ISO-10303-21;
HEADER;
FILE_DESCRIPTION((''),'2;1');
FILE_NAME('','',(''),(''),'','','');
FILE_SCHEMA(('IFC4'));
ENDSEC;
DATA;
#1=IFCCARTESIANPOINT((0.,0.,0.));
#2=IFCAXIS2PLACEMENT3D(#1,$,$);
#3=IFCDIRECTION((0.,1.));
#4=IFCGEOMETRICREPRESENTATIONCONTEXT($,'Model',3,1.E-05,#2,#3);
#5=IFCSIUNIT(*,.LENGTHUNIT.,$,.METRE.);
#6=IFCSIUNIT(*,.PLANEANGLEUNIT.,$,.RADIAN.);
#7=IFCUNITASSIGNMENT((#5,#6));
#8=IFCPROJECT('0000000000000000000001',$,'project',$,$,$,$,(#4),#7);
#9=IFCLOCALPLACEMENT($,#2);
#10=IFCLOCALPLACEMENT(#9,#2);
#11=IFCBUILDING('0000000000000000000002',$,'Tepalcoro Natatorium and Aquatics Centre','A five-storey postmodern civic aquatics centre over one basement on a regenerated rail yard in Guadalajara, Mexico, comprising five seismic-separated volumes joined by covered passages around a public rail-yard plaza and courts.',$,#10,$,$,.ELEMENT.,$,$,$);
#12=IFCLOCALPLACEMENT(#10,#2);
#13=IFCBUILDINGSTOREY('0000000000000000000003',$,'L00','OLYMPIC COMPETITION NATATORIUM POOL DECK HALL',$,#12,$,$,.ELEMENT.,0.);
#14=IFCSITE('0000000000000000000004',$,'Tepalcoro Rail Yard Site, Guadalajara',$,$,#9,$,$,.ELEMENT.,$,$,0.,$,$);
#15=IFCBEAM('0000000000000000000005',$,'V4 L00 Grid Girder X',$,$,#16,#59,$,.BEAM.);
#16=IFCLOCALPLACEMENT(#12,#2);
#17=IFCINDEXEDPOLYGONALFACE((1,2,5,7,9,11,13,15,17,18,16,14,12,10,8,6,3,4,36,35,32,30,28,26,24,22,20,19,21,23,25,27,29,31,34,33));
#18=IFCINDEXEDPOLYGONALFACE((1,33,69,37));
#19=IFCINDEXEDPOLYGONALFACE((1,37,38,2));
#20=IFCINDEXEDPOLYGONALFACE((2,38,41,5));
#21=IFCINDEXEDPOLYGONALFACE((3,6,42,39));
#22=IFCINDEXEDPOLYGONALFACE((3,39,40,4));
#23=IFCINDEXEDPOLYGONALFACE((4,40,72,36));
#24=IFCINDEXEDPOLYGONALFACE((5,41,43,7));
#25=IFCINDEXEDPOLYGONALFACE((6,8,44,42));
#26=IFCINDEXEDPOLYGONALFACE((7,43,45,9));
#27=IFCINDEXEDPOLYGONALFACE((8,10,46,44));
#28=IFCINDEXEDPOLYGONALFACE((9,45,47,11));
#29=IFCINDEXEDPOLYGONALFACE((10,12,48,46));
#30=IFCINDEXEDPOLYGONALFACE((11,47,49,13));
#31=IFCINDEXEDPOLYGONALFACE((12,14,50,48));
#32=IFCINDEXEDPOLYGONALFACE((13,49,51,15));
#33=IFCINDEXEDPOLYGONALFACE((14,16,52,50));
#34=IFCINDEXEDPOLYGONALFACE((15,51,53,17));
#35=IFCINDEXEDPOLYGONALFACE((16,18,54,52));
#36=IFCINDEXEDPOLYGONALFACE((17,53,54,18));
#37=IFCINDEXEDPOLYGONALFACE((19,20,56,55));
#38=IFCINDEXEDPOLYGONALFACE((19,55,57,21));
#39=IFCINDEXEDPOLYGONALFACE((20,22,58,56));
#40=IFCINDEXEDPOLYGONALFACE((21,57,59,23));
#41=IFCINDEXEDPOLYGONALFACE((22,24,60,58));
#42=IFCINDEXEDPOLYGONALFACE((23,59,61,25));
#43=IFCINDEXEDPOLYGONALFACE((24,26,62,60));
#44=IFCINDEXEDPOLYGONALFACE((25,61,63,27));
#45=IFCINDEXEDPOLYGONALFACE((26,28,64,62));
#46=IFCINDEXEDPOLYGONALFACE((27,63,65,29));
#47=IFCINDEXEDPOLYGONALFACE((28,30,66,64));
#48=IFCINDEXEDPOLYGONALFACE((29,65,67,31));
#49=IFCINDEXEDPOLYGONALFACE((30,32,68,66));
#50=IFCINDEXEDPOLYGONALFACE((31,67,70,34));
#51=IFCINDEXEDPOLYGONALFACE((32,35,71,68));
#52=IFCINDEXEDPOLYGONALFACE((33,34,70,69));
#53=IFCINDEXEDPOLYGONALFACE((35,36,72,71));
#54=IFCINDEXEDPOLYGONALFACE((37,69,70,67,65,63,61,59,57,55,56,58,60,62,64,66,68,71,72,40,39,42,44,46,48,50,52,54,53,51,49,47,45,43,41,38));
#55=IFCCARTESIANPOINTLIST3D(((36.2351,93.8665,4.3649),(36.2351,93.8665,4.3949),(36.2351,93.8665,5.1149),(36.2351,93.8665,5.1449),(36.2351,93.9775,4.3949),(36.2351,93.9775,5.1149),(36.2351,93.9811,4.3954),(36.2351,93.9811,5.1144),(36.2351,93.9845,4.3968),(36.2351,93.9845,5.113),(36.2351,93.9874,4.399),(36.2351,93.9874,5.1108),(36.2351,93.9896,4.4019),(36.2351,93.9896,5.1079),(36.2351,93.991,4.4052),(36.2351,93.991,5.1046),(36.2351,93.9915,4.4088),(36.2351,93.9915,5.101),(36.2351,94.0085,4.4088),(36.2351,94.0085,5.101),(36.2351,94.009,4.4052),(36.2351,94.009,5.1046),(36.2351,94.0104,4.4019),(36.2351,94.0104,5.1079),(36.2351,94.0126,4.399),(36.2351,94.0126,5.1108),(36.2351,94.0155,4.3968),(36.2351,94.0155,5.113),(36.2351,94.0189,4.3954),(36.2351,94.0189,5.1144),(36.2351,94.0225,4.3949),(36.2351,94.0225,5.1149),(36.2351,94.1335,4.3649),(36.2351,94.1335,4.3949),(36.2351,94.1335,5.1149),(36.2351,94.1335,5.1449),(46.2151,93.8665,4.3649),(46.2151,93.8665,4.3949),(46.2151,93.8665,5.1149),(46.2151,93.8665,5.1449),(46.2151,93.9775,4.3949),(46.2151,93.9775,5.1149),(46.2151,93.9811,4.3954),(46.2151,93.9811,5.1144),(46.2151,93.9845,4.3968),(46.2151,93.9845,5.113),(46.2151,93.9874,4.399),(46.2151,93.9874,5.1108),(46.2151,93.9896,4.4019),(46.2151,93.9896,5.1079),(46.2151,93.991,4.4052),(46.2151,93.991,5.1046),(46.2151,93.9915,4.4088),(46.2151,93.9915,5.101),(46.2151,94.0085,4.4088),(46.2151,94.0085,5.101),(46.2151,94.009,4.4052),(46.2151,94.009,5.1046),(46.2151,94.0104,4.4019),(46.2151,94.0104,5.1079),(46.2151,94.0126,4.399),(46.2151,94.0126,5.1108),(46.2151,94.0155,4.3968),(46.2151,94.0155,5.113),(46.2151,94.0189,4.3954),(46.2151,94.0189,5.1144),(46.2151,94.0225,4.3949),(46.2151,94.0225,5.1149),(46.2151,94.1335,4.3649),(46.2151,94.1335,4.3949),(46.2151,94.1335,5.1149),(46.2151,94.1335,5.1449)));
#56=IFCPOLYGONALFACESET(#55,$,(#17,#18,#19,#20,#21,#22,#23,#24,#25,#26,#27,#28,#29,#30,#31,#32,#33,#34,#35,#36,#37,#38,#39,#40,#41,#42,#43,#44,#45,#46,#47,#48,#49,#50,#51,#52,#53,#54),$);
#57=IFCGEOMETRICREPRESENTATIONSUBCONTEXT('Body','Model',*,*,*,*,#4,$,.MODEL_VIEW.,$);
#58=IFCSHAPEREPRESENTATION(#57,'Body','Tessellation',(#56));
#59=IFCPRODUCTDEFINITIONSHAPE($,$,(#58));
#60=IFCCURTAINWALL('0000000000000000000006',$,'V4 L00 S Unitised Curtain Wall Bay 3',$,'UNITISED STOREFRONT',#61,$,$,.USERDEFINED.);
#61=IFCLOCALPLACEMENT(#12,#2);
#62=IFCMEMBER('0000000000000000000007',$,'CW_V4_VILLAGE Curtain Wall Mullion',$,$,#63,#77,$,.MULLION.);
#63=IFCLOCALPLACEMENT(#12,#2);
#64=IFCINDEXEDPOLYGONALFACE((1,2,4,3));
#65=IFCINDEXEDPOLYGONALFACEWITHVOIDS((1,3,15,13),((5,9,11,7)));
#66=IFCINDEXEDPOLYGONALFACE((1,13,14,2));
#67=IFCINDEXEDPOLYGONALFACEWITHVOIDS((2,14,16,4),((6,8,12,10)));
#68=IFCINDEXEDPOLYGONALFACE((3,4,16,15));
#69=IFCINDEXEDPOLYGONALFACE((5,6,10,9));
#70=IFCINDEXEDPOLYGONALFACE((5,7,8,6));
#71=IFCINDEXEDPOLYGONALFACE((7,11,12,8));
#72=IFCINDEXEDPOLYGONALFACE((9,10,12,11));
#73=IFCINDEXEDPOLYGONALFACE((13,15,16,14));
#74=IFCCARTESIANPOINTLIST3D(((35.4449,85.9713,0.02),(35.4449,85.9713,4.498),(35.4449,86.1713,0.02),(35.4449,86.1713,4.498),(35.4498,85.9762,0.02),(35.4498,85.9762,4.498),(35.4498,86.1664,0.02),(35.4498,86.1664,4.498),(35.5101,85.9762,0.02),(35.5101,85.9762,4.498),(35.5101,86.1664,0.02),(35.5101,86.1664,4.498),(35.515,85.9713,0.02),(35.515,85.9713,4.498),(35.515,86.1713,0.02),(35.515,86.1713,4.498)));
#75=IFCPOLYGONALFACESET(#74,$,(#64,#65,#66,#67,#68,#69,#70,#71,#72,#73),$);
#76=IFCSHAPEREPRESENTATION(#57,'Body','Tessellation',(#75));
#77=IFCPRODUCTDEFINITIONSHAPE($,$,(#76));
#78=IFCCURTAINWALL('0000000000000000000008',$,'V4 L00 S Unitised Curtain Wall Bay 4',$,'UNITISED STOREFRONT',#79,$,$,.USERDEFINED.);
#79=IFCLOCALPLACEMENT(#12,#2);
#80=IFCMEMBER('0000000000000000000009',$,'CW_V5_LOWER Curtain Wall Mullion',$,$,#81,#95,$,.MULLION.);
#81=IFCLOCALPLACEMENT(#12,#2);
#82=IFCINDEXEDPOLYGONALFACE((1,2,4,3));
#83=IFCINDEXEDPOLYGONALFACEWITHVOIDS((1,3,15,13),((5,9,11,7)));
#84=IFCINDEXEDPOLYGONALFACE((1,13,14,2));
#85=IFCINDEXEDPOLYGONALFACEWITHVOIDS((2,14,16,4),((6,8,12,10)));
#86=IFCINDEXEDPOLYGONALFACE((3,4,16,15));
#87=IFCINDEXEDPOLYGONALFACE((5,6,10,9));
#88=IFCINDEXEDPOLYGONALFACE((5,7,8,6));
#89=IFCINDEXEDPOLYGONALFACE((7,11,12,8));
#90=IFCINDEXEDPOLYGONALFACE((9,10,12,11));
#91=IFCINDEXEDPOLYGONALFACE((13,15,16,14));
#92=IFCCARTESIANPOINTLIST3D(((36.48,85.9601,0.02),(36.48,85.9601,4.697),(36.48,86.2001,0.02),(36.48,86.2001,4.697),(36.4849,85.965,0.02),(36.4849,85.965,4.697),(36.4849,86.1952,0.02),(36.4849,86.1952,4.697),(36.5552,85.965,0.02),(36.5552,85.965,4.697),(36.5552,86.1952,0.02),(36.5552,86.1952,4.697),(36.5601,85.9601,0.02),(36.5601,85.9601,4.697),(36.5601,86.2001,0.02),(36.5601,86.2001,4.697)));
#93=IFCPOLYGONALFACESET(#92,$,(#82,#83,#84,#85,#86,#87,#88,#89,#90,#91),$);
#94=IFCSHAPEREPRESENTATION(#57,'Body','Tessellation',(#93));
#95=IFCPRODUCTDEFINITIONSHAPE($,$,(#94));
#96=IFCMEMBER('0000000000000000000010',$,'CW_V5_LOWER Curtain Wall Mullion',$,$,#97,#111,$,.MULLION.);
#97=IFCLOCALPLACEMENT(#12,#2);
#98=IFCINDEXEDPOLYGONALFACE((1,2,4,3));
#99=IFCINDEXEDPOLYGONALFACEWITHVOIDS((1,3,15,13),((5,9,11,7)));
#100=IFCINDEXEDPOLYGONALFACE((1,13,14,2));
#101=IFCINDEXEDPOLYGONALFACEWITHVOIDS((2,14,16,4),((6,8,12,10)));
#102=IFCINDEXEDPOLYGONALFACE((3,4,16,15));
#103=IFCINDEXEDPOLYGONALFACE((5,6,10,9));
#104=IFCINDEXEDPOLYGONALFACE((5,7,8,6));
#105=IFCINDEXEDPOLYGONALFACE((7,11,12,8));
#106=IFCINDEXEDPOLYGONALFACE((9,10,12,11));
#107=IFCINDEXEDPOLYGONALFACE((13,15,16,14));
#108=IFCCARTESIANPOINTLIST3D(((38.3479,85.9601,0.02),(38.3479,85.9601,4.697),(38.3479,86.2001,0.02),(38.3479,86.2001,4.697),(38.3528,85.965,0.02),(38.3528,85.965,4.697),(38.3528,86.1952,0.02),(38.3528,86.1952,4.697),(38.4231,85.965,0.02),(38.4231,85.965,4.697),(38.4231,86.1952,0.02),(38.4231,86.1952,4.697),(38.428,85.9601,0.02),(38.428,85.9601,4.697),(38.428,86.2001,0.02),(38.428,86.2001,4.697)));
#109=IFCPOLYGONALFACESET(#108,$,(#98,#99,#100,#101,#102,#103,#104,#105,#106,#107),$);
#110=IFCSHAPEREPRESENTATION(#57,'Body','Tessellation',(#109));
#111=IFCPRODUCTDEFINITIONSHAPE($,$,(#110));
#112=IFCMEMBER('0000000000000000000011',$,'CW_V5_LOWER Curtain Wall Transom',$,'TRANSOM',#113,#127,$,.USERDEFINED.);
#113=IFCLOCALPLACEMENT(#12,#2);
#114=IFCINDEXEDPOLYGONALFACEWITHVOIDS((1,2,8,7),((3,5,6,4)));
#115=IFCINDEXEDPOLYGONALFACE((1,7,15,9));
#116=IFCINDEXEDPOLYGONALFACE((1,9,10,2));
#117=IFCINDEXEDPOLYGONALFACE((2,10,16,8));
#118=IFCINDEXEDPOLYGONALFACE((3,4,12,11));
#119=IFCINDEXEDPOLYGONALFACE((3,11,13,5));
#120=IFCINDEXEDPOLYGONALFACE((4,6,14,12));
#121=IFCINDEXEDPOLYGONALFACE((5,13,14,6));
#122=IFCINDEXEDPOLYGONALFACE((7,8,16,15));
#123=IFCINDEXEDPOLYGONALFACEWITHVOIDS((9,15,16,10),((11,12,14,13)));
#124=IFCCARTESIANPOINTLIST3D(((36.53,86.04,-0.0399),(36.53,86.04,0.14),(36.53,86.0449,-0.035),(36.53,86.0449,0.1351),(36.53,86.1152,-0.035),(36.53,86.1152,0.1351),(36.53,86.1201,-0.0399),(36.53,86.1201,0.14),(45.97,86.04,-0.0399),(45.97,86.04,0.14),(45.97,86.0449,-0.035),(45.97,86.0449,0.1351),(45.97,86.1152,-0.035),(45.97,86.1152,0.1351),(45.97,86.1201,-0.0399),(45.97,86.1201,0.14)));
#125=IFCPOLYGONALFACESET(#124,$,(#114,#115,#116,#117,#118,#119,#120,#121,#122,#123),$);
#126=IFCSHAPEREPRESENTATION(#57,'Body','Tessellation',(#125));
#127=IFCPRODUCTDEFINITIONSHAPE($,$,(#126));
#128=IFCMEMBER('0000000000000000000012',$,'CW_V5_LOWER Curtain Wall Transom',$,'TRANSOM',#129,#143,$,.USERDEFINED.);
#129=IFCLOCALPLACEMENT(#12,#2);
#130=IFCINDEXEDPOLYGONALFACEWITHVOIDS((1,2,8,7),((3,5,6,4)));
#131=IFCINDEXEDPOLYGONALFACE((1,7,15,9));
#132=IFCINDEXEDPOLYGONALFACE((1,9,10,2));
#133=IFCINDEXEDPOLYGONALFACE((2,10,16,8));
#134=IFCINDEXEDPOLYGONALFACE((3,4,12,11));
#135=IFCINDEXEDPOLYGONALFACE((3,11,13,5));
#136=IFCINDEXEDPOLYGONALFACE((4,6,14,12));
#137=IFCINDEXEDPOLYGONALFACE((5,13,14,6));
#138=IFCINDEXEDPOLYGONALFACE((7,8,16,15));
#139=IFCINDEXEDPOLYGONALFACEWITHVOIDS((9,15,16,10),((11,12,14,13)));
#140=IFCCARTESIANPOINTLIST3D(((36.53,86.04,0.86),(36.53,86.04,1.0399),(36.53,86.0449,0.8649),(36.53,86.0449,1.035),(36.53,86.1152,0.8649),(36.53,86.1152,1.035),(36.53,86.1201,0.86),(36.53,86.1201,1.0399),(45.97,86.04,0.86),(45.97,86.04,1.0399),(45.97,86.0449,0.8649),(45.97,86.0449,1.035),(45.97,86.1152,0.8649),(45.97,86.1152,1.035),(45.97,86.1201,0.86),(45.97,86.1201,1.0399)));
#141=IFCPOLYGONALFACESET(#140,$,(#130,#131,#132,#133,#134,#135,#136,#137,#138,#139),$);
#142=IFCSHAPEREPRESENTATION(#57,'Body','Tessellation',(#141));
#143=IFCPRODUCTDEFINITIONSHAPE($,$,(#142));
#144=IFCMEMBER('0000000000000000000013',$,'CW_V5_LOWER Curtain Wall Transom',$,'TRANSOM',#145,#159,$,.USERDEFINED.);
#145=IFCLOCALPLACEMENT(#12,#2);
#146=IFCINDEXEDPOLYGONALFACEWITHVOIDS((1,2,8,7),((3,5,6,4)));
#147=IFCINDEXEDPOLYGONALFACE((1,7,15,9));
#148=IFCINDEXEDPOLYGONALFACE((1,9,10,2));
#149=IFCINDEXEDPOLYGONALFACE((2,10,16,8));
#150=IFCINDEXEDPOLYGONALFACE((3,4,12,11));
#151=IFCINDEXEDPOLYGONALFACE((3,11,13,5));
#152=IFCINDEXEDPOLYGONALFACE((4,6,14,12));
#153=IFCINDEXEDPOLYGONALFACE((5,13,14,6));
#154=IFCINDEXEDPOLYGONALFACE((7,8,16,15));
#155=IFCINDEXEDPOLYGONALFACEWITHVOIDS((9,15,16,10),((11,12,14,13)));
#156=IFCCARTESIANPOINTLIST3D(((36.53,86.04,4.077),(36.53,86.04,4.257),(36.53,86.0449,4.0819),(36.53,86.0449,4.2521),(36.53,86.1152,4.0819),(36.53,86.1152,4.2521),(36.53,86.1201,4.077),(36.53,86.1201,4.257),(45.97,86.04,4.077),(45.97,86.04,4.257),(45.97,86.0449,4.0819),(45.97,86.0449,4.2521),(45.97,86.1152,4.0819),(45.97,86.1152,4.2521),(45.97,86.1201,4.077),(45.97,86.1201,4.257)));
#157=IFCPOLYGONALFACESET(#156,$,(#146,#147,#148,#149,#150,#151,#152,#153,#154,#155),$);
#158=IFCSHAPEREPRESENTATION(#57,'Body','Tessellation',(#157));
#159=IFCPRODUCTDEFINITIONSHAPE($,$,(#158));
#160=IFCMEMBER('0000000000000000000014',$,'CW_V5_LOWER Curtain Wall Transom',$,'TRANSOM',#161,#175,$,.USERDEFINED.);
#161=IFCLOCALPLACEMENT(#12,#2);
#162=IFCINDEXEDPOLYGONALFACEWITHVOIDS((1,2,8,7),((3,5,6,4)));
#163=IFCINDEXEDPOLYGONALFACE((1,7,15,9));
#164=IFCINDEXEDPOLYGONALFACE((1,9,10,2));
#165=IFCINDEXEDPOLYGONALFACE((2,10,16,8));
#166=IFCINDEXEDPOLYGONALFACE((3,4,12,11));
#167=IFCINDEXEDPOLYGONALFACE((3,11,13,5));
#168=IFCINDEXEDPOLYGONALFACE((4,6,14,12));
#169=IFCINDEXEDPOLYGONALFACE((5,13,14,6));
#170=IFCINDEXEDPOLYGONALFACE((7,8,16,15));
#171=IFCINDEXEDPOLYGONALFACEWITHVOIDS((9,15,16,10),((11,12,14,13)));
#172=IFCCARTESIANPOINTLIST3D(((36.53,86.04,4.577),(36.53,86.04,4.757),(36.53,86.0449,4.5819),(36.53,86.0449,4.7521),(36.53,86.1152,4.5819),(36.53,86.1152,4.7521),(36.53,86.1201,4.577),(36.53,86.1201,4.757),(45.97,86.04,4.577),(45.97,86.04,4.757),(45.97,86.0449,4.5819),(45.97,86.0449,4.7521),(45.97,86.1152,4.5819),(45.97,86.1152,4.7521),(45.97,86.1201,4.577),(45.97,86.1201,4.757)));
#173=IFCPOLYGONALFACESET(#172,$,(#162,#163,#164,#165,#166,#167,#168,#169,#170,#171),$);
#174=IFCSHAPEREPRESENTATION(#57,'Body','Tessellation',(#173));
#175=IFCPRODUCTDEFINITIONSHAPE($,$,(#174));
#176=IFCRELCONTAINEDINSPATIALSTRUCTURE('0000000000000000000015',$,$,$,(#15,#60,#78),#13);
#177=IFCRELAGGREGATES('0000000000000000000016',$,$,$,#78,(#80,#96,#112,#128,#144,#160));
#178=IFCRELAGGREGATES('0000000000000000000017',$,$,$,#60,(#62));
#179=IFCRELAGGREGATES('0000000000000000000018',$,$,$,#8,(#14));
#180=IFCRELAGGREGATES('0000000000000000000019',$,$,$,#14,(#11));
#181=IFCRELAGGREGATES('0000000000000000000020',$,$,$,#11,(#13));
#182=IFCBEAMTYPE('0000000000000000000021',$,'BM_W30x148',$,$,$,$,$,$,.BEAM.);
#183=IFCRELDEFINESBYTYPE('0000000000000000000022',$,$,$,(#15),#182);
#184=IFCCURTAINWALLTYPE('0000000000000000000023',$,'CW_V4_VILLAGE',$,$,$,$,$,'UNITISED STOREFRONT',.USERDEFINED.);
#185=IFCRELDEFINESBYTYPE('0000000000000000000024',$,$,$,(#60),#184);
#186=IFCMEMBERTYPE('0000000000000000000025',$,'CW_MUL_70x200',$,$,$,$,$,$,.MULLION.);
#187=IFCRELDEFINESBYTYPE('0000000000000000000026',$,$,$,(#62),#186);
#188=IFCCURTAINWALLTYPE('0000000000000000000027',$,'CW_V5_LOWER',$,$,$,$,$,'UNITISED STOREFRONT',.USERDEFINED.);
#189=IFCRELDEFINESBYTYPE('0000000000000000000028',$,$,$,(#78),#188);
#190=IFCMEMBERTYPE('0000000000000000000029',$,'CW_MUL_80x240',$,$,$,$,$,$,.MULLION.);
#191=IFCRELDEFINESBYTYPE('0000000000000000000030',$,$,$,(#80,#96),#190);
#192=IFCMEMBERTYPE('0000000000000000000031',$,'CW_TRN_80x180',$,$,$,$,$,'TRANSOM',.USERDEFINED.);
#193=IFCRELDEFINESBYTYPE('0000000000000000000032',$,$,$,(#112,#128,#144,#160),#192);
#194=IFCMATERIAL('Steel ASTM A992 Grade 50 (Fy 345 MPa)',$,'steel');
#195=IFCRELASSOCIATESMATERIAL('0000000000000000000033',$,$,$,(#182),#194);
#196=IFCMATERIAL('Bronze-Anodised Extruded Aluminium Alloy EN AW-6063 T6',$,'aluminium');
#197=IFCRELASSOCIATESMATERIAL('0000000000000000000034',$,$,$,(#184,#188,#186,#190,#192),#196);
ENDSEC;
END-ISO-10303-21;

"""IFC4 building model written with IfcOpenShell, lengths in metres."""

from ifc_helpers import new_model, si_unit, direction, frame, origin, origin_2d, place, context, subcontext, project, spatial, hollow_rectangle, i_section, extrude, material, material_profile, profile_set, type_object, element, aggregate, save


model = new_model("IFC4")

# Units and contexts
model_context = context("Model", 3, precision=1e-05, world=origin(), true_north=direction((0.0, 1.0)))
body_context = subcontext(model_context, "Body", "Model", "MODEL_VIEW")
ifc_project = project(units=[si_unit("LENGTHUNIT", "METRE"), si_unit("PLANEANGLEUNIT", "RADIAN")], contexts=[model_context])

# Site, building, storey
site_placement = place(None, origin())
site = spatial("IfcSite", under=ifc_project, at=site_placement, Name="Tepalcoro Rail Yard Site, Guadalajara", CompositionType="ELEMENT", RefElevation=0.0)
building_placement = place(site_placement, origin())
building = spatial("IfcBuilding", under=site, at=building_placement, Name="Tepalcoro Natatorium and Aquatics Centre", Description="A five-storey postmodern civic aquatics centre over one basement on a regenerated rail yard in Guadalajara, Mexico, comprising five seismic-separated volumes joined by covered passages around a public rail-yard plaza and courts.", CompositionType="ELEMENT")
storey_placement = place(building_placement, origin())
storey = spatial("IfcBuildingStorey", under=building, at=storey_placement, Name="L00", Description="OLYMPIC COMPETITION NATATORIUM POOL DECK HALL", CompositionType="ELEMENT", Elevation=0.0)

# Beam
ifc_material_1 = material(Name="Steel ASTM A992 Grade 50 (Fy 345 MPa)", Category="steel")
ifc_material_profile_1 = material_profile(ifc_material_1, i_section(OverallWidth=0.2671, OverallDepth=0.78, WebThickness=0.0171, FlangeThickness=0.03, FilletRadius=0.0139, at=origin_2d()), Name="W30X148")
ifc_profile_set_1 = profile_set([ifc_material_profile_1], Name="Steel ASTM A992 Grade 50 (Fy 345 MPa)")
beam_type_1 = type_object("IfcBeamType", Name="BM_W30x148", PredefinedType="BEAM", material=ifc_profile_set_1)
beam_1_placement = place(storey_placement, frame((36.2351, 94.0, 4.7549), z_axis=(1.0, 0.0, 0.0), x_axis=(0.0, 1.0, 0.0)))
element("IfcBeam", 1, at=beam_1_placement, inside=storey, type_object=beam_type_1, Name="V4 L00 Grid Girder X", PredefinedType="BEAM", context=body_context, shape_type="SweptSolid", body=[
    extrude(i_section(OverallWidth=0.2671, OverallDepth=0.78, WebThickness=0.0171, FlangeThickness=0.03, FilletRadius=0.0139, at=origin_2d()), origin(), (0.0, 0.0, 1.0), 9.98),
])

# Curtain wall, member
ifc_material_2 = material(Name="Bronze-Anodised Extruded Aluminium Alloy EN AW-6063 T6", Category="aluminium")
curtain_wall_type_1 = type_object("IfcCurtainWallType", Name="CW_V4_VILLAGE", ElementType="UNITISED STOREFRONT", PredefinedType="USERDEFINED", material=ifc_material_2)
curtain_wall_1_placement = place(storey_placement, origin())
curtain_wall_1 = element("IfcCurtainWall", 2, at=curtain_wall_1_placement, inside=storey, type_object=curtain_wall_type_1, Name="V4 L00 S Unitised Curtain Wall Bay 3", ObjectType="UNITISED STOREFRONT", PredefinedType="USERDEFINED")
ifc_material_profile_2 = material_profile(ifc_material_2, hollow_rectangle(XDim=0.0701, YDim=0.2, WallThickness=0.0049, at=origin_2d()), Name="AL70X200X5")
ifc_profile_set_2 = profile_set([ifc_material_profile_2], Name="Bronze-Anodised Extruded Aluminium Alloy EN AW-6063 T6")
member_type_1 = type_object("IfcMemberType", Name="CW_MUL_70x200", PredefinedType="MULLION", material=ifc_profile_set_2)
member_1_placement = place(storey_placement, frame((35.48, 86.0713, 0.02), z_axis=(0.0, 0.0, 1.0), x_axis=(1.0, 0.0, 0.0)))
member_1 = element("IfcMember", 3, at=member_1_placement, type_object=member_type_1, Name="CW_V4_VILLAGE Curtain Wall Mullion", PredefinedType="MULLION", context=body_context, shape_type="SweptSolid", body=[
    extrude(hollow_rectangle(XDim=0.0701, YDim=0.2, WallThickness=0.0049, at=origin_2d()), origin(), (0.0, 0.0, 1.0), 4.478),
])

# Curtain wall, members
curtain_wall_type_2 = type_object("IfcCurtainWallType", Name="CW_V5_LOWER", ElementType="UNITISED STOREFRONT", PredefinedType="USERDEFINED", material=ifc_material_2)
curtain_wall_2_placement = place(storey_placement, origin())
curtain_wall_2 = element("IfcCurtainWall", 4, at=curtain_wall_2_placement, inside=storey, type_object=curtain_wall_type_2, Name="V4 L00 S Unitised Curtain Wall Bay 4", ObjectType="UNITISED STOREFRONT", PredefinedType="USERDEFINED")
ifc_material_profile_3 = material_profile(ifc_material_2, hollow_rectangle(XDim=0.0801, YDim=0.24, WallThickness=0.0049, at=origin_2d()), Name="AL80X240X5")
ifc_profile_set_3 = profile_set([ifc_material_profile_3], Name="Bronze-Anodised Extruded Aluminium Alloy EN AW-6063 T6")
member_type_2 = type_object("IfcMemberType", Name="CW_MUL_80x240", PredefinedType="MULLION", material=ifc_profile_set_3)
member_2_placement = place(storey_placement, frame((36.52, 86.0801, 0.02), z_axis=(0.0, 0.0, 1.0), x_axis=(1.0, 0.0, 0.0)))
member_2 = element("IfcMember", 5, at=member_2_placement, type_object=member_type_2, Name="CW_V5_LOWER Curtain Wall Mullion", PredefinedType="MULLION", context=body_context, shape_type="SweptSolid", body=[
    extrude(hollow_rectangle(XDim=0.0801, YDim=0.24, WallThickness=0.0049, at=origin_2d()), origin(), (0.0, 0.0, 1.0), 4.677),
])
member_3_placement = place(storey_placement, frame((38.3879, 86.0801, 0.02), z_axis=(0.0, 0.0, 1.0), x_axis=(1.0, 0.0, 0.0)))
member_3 = element("IfcMember", 6, at=member_3_placement, type_object=member_type_2, Name="CW_V5_LOWER Curtain Wall Mullion", PredefinedType="MULLION", context=body_context, shape_type="SweptSolid", body=[
    extrude(hollow_rectangle(XDim=0.0801, YDim=0.24, WallThickness=0.0049, at=origin_2d()), origin(), (0.0, 0.0, 1.0), 4.677),
])
ifc_material_profile_4 = material_profile(ifc_material_2, hollow_rectangle(XDim=0.0801, YDim=0.1799, WallThickness=0.0049, at=origin_2d()), Name="AL80X180X5")
ifc_profile_set_4 = profile_set([ifc_material_profile_4], Name="Bronze-Anodised Extruded Aluminium Alloy EN AW-6063 T6")
member_type_3 = type_object("IfcMemberType", Name="CW_TRN_80x180", ElementType="TRANSOM", PredefinedType="USERDEFINED", material=ifc_profile_set_4)
member_4_placement = place(storey_placement, frame((36.53, 86.0801, 0.05), z_axis=(1.0, 0.0, 0.0), x_axis=(0.0, 1.0, 0.0)))
member_4 = element("IfcMember", 7, at=member_4_placement, type_object=member_type_3, Name="CW_V5_LOWER Curtain Wall Transom", ObjectType="TRANSOM", PredefinedType="USERDEFINED", context=body_context, shape_type="SweptSolid", body=[
    extrude(hollow_rectangle(XDim=0.0801, YDim=0.1799, WallThickness=0.0049, at=origin_2d()), origin(), (0.0, 0.0, 1.0), 9.4399),
])
member_5_placement = place(storey_placement, frame((36.53, 86.0801, 0.95), z_axis=(1.0, 0.0, 0.0), x_axis=(0.0, 1.0, 0.0)))
member_5 = element("IfcMember", 8, at=member_5_placement, type_object=member_type_3, Name="CW_V5_LOWER Curtain Wall Transom", ObjectType="TRANSOM", PredefinedType="USERDEFINED", context=body_context, shape_type="SweptSolid", body=[
    extrude(hollow_rectangle(XDim=0.0801, YDim=0.1799, WallThickness=0.0049, at=origin_2d()), origin(), (0.0, 0.0, 1.0), 9.4399),
])
member_6_placement = place(storey_placement, frame((36.53, 86.0801, 4.167), z_axis=(1.0, 0.0, 0.0), x_axis=(0.0, 1.0, 0.0)))
member_6 = element("IfcMember", 9, at=member_6_placement, type_object=member_type_3, Name="CW_V5_LOWER Curtain Wall Transom", ObjectType="TRANSOM", PredefinedType="USERDEFINED", context=body_context, shape_type="SweptSolid", body=[
    extrude(hollow_rectangle(XDim=0.0801, YDim=0.1799, WallThickness=0.0049, at=origin_2d()), origin(), (0.0, 0.0, 1.0), 9.4399),
])
member_7_placement = place(storey_placement, frame((36.53, 86.0801, 4.667), z_axis=(1.0, 0.0, 0.0), x_axis=(0.0, 1.0, 0.0)))
member_7 = element("IfcMember", 10, at=member_7_placement, type_object=member_type_3, Name="CW_V5_LOWER Curtain Wall Transom", ObjectType="TRANSOM", PredefinedType="USERDEFINED", context=body_context, shape_type="SweptSolid", body=[
    extrude(hollow_rectangle(XDim=0.0801, YDim=0.1799, WallThickness=0.0049, at=origin_2d()), origin(), (0.0, 0.0, 1.0), 9.4399),
])

aggregate(curtain_wall_2, [member_2, member_3, member_4, member_5, member_6, member_7])
aggregate(curtain_wall_1, [member_1])

save(model, "model.ifc")
